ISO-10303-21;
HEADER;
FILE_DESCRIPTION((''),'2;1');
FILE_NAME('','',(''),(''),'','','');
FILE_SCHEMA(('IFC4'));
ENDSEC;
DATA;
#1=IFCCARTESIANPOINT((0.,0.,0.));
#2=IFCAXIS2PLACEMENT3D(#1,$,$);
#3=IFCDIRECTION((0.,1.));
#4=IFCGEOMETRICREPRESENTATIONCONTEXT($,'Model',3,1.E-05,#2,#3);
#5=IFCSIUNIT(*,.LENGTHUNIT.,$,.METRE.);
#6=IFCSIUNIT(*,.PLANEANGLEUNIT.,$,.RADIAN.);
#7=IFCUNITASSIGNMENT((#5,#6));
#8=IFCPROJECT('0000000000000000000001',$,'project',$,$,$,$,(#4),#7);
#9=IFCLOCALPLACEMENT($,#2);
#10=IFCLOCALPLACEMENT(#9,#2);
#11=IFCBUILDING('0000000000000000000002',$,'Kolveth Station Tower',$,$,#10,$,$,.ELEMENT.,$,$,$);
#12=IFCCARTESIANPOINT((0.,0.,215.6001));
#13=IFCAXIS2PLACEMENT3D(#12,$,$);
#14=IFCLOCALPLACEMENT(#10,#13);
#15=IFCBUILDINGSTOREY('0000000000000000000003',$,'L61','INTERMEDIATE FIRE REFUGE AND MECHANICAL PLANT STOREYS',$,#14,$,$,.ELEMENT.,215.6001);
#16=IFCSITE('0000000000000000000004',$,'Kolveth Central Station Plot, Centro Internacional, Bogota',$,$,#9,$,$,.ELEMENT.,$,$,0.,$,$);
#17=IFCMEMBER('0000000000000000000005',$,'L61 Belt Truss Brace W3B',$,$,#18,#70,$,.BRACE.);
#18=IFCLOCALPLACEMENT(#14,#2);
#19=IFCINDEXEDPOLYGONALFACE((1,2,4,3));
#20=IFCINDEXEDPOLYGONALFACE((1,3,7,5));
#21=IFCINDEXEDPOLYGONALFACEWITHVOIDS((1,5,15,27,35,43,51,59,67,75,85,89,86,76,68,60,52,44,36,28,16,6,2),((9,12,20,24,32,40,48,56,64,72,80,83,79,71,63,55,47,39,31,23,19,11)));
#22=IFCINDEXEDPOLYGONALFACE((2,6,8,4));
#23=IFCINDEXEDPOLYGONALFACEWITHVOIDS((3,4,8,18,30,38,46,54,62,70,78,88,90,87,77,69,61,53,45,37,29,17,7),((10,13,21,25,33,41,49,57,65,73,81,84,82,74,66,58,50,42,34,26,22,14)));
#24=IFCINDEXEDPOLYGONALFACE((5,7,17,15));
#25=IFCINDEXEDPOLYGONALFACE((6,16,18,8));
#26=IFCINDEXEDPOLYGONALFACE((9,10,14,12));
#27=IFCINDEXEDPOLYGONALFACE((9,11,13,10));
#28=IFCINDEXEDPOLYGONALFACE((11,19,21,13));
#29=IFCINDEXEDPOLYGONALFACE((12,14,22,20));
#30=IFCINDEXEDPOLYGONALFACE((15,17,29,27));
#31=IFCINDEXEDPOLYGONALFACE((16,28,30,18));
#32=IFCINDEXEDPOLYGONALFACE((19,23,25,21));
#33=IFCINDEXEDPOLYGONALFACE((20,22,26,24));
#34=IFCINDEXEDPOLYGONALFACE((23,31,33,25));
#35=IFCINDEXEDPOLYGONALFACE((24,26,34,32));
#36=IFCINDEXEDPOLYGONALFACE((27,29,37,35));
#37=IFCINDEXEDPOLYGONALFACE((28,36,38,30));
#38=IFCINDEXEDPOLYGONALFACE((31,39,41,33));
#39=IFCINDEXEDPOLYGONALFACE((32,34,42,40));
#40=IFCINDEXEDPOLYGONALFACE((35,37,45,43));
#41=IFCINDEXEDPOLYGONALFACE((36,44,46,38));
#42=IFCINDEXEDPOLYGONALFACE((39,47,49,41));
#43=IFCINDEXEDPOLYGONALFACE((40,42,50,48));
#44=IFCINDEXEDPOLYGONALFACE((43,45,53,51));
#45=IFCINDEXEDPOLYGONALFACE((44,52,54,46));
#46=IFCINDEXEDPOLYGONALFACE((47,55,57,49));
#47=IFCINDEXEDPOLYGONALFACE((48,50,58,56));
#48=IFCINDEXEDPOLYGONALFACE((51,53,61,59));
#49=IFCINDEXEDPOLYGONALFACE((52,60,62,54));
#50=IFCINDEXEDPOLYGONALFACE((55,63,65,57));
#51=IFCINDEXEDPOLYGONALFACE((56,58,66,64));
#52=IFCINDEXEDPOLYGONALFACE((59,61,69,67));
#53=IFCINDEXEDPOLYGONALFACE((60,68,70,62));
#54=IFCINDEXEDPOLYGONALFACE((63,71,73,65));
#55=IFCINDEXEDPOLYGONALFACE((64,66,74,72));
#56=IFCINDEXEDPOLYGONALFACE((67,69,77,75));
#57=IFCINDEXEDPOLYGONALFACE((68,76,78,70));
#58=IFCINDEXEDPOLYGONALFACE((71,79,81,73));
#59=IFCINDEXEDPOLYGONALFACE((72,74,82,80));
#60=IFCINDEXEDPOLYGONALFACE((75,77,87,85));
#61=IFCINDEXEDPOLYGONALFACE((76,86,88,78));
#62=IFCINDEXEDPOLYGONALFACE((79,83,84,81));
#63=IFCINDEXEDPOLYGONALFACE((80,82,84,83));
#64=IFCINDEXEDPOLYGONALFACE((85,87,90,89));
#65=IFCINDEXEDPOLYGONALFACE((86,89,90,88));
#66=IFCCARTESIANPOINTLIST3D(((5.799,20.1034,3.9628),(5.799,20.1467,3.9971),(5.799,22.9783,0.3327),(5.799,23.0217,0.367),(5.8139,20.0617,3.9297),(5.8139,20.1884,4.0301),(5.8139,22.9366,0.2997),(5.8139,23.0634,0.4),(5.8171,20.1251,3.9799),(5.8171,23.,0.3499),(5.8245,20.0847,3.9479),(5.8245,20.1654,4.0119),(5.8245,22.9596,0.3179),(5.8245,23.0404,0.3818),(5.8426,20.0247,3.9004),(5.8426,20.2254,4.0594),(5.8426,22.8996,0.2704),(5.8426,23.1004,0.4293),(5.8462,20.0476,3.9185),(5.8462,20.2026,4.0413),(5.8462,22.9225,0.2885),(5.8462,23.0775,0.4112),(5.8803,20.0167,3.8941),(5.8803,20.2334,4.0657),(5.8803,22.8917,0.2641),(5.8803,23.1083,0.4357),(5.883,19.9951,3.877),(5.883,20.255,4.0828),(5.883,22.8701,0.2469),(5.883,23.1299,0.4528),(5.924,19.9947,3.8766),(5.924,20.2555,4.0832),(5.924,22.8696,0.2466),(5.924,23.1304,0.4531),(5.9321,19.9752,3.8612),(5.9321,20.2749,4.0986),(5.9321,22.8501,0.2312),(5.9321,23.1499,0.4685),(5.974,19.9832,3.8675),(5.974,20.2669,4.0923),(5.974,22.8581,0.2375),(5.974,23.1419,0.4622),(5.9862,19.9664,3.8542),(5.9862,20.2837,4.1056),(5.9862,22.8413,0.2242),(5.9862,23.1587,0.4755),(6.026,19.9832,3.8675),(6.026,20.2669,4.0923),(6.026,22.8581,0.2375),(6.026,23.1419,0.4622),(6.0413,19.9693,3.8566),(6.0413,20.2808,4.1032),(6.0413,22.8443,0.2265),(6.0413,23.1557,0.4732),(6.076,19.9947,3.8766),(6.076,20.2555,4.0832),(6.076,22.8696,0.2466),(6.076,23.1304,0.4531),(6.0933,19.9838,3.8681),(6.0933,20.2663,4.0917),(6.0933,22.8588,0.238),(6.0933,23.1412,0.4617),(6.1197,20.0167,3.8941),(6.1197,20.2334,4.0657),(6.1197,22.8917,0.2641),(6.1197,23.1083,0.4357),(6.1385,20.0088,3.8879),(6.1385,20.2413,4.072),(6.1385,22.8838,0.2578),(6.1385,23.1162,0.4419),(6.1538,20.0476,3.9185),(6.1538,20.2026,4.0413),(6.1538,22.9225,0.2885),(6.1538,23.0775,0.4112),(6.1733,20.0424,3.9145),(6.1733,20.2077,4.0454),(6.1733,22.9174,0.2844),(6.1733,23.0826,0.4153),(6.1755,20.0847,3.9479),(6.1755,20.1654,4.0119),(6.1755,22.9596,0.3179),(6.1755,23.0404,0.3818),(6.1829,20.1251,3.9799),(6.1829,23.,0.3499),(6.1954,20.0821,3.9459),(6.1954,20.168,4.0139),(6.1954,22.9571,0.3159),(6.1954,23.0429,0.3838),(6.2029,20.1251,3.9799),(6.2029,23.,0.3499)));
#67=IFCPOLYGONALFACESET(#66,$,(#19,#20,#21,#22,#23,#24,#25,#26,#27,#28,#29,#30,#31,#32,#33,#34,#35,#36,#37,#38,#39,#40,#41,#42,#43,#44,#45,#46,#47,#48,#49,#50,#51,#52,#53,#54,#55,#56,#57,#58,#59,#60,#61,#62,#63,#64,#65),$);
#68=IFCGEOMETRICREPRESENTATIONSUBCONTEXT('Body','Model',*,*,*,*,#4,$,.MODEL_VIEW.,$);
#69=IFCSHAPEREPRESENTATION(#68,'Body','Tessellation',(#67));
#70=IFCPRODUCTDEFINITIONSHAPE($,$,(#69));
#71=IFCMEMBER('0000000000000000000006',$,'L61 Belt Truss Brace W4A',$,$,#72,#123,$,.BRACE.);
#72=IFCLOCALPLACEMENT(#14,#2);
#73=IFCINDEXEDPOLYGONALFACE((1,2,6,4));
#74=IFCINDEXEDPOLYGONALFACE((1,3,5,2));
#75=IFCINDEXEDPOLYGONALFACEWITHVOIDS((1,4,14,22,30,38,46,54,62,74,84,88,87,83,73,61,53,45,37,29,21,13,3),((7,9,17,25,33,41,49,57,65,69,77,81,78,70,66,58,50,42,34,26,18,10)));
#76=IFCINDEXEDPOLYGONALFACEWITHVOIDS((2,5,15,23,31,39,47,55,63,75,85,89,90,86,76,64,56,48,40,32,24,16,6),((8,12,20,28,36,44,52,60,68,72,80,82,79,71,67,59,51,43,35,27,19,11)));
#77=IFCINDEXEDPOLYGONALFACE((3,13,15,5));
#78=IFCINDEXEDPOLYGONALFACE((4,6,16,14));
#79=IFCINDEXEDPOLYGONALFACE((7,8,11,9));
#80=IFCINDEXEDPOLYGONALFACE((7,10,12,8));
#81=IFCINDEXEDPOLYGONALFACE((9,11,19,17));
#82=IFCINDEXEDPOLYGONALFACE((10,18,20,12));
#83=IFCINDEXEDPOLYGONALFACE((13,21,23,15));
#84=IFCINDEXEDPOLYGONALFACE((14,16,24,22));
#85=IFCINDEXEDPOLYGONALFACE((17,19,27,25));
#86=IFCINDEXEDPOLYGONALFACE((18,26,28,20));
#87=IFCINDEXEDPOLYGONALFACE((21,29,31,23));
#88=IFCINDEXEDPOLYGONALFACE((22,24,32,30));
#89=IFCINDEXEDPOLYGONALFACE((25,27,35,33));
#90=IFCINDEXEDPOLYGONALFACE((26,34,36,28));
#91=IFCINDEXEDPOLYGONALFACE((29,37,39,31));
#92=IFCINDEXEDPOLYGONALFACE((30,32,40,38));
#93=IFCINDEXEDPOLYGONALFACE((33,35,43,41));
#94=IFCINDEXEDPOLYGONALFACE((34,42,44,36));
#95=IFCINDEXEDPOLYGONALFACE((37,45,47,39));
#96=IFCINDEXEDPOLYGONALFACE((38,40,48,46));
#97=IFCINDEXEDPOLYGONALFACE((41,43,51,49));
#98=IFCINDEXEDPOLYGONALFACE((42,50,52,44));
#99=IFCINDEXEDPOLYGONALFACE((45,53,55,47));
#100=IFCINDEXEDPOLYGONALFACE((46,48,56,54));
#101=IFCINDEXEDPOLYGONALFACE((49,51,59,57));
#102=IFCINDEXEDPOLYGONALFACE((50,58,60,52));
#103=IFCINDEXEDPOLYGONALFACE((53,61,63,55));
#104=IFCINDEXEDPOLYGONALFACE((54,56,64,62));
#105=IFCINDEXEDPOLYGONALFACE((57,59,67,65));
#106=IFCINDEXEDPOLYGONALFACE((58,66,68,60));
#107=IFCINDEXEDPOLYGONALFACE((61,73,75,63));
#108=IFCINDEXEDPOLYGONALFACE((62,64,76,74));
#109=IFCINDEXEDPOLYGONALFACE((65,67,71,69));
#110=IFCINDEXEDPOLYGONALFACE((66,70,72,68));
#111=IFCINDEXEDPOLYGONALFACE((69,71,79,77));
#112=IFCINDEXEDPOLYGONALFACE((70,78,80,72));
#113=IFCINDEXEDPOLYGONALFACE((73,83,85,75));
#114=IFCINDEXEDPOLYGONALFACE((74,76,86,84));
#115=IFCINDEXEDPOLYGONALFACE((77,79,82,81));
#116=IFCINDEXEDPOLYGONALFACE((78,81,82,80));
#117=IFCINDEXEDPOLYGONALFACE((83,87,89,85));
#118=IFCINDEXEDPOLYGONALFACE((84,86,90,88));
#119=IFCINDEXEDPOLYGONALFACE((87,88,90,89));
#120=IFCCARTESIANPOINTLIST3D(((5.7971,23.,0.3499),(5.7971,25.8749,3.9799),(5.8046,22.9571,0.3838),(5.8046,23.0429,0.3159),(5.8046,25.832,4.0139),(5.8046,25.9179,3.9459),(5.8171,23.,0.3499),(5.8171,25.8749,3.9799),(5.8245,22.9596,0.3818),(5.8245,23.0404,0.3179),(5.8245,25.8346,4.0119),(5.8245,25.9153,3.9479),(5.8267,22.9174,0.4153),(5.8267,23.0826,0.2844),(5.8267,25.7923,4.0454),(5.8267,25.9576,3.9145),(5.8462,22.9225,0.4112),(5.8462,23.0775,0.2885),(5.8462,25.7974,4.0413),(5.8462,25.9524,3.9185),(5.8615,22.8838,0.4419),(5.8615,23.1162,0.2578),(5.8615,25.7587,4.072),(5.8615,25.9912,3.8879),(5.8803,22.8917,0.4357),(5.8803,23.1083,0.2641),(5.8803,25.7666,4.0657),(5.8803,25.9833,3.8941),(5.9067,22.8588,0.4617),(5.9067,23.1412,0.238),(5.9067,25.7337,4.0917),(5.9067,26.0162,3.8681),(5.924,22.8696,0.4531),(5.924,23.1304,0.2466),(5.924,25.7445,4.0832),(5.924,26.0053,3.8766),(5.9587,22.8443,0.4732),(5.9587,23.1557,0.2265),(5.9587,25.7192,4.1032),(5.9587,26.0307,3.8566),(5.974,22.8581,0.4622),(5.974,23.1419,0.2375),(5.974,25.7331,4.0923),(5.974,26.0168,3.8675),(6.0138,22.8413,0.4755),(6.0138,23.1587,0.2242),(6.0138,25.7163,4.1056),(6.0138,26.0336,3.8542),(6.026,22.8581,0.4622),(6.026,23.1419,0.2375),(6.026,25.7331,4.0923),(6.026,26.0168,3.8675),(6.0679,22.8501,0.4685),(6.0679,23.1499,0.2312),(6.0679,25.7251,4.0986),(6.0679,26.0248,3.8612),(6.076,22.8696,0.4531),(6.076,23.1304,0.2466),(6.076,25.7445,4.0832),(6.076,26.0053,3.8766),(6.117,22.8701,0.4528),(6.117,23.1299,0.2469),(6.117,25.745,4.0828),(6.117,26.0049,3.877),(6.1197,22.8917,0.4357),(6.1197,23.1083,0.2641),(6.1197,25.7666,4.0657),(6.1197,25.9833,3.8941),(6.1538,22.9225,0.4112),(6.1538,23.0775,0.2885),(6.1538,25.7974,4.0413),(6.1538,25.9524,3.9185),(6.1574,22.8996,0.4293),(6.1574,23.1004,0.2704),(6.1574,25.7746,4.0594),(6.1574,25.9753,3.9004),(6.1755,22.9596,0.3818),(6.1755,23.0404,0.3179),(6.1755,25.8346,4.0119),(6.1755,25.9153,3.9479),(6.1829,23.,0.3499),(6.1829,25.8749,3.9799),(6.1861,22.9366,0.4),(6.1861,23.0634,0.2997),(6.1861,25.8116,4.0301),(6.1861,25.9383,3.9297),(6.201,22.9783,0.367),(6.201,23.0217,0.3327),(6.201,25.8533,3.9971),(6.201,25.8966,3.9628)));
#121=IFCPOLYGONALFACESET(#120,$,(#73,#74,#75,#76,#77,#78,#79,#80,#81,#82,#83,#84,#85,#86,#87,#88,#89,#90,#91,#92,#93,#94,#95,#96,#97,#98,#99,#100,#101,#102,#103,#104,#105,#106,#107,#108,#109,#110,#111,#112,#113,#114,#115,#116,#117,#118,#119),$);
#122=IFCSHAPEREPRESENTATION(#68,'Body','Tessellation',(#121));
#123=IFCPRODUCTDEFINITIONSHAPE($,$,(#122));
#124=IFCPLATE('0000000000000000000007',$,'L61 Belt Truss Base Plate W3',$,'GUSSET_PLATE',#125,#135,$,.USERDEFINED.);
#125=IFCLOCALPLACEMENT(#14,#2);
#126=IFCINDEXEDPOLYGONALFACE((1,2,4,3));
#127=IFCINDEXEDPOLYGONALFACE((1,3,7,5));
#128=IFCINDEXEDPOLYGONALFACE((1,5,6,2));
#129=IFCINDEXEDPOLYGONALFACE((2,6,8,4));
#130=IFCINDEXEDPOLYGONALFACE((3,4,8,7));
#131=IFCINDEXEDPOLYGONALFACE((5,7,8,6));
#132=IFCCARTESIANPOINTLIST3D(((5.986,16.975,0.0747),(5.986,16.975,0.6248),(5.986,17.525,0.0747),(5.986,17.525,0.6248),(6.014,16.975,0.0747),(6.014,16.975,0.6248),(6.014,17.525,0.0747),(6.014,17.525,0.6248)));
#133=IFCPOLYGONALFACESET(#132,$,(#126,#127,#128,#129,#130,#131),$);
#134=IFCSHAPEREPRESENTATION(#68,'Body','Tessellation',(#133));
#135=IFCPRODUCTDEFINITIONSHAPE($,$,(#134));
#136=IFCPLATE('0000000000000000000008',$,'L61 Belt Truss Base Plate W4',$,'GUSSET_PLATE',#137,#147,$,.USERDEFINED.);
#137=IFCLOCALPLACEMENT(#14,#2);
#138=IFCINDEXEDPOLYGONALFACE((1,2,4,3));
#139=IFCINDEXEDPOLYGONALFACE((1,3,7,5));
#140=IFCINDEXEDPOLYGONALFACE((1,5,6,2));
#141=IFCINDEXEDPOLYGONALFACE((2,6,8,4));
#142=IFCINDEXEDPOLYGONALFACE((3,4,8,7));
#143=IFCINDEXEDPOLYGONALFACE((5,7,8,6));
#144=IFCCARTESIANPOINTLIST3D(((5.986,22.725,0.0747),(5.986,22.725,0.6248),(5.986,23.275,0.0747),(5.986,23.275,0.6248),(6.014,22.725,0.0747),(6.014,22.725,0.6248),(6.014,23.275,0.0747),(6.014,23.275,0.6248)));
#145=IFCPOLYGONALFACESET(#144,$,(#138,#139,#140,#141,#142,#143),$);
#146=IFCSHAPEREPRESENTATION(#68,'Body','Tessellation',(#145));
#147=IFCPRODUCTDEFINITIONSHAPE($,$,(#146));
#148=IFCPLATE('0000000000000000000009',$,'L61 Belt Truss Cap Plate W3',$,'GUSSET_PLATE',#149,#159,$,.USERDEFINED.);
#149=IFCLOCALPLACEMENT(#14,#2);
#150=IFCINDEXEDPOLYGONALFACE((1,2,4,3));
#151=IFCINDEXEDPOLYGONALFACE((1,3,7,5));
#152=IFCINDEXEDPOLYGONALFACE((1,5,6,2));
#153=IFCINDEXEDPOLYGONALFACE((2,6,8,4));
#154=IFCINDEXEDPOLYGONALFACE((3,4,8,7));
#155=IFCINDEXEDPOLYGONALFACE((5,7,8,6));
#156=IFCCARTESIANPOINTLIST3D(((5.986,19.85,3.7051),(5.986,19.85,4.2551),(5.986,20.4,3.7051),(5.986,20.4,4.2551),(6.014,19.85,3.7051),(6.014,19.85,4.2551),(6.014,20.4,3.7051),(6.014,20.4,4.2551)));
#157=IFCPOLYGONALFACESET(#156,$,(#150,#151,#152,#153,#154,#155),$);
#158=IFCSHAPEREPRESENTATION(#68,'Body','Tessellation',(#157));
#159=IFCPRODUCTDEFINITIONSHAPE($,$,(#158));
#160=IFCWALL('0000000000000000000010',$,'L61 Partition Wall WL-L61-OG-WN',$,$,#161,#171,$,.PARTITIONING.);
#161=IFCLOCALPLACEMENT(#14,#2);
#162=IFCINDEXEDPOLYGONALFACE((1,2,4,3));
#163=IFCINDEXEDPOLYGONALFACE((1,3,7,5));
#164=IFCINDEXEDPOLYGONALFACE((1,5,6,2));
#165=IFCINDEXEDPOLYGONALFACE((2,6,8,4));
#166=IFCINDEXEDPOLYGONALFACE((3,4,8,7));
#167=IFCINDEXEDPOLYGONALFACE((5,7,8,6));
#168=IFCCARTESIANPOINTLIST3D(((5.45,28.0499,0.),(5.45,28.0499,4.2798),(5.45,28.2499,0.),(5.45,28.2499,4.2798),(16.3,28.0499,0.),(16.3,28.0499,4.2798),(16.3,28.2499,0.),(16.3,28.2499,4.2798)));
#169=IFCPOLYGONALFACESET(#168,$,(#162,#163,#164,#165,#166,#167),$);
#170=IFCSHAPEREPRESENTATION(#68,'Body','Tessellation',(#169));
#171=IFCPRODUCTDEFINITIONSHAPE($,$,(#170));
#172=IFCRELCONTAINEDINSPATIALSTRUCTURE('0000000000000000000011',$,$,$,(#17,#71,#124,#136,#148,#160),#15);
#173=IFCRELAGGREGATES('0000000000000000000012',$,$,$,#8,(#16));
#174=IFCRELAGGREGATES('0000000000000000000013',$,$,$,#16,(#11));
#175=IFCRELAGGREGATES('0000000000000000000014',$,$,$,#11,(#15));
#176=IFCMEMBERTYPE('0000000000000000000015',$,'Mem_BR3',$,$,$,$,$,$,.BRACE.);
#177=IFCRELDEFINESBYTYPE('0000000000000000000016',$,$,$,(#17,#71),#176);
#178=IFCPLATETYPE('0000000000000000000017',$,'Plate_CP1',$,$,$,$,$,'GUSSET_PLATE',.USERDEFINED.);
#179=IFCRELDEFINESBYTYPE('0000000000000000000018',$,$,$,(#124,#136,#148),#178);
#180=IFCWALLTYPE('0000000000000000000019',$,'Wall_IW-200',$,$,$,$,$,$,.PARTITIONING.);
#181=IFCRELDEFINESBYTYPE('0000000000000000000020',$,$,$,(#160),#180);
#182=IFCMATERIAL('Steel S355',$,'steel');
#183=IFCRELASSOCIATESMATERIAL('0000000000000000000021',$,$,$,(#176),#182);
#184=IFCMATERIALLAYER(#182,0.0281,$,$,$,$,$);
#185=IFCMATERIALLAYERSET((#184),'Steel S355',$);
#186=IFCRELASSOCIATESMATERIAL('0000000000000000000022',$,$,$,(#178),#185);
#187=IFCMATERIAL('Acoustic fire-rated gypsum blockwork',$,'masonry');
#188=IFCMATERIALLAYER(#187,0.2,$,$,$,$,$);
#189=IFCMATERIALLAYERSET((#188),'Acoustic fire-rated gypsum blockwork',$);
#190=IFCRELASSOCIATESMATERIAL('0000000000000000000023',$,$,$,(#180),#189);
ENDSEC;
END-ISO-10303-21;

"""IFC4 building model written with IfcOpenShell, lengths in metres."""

from ifc_helpers import new_model, si_unit, direction, frame, frame_2d, origin, origin_2d, place, context, subcontext, project, spatial, rectangle, hollow_circle, extrude, source, transform, mapped, material, layer, layer_set, material_profile, profile_set, type_object, element, save


model = new_model("IFC4")

# Units and contexts
model_context = context("Model", 3, precision=1e-05, world=origin(), true_north=direction((0.0, 1.0)))
body_context = subcontext(model_context, "Body", "Model", "MODEL_VIEW")
ifc_project = project(units=[si_unit("LENGTHUNIT", "METRE"), si_unit("PLANEANGLEUNIT", "RADIAN")], contexts=[model_context])

# Site, building, storey
site_placement = place(None, origin())
site = spatial("IfcSite", under=ifc_project, at=site_placement, Name="Kolveth Central Station Plot, Centro Internacional, Bogota", CompositionType="ELEMENT", RefElevation=0.0)
building_placement = place(site_placement, origin())
building = spatial("IfcBuilding", under=site, at=building_placement, Name="Kolveth Station Tower", CompositionType="ELEMENT")
storey_placement = place(building_placement, frame((0.0, 0.0, 215.6001)))
storey = spatial("IfcBuildingStorey", under=building, at=storey_placement, Name="L61", Description="INTERMEDIATE FIRE REFUGE AND MECHANICAL PLANT STOREYS", CompositionType="ELEMENT", Elevation=215.6001)

# Shared definitions
ifc_material_1 = material(Name="Steel S355", Category="steel")

# Members
ifc_material_profile_1 = material_profile(ifc_material_1, hollow_circle(Radius=0.2029, WallThickness=0.02, at=origin_2d()), Name="CHS406x20")
ifc_profile_set_1 = profile_set([ifc_material_profile_1], Name="Steel S355")
member_type = type_object("IfcMemberType", Name="Mem_BR3", PredefinedType="BRACE", material=ifc_profile_set_1)
shared_shape_1 = source(origin(), body_context, "Body", "SweptSolid", [
    extrude(hollow_circle(Radius=0.2029, WallThickness=0.02, at=origin_2d()), origin(), (0.0, 0.0, 1.0), 4.6306),
])
for number, where, z_axis, x_axis, name in (
    (1, (6.0, 23.0, 0.3499), (0.0, -0.620856, 0.783925), (1.0, 0.0, 0.0), "L61 Belt Truss Brace W3B"),
    (2, (6.0, 23.0, 0.3499), (0.0, 0.620856, 0.783925), (-1.0, 0.0, 0.0), "L61 Belt Truss Brace W4A"),
):
    element("IfcMember", number, at=place(storey_placement, frame(where, z_axis=z_axis, x_axis=x_axis)), inside=storey, type_object=member_type, Name=name, PredefinedType="BRACE", context=body_context, shape_type="MappedRepresentation", body=[
        mapped(shared_shape_1, transform((0.0, 0.0, 0.0), x_axis=(1.0, 0.0, 0.0), y_axis=(0.0, 1.0, 0.0), z_axis=(0.0, 0.0, 1.0), scale=1.0)),
    ])

# Plates
ifc_layer_1 = layer(ifc_material_1, 0.0281)
ifc_layer_set_1 = layer_set([ifc_layer_1], Name="Steel S355")
plate_type = type_object("IfcPlateType", Name="Plate_CP1", ElementType="GUSSET_PLATE", PredefinedType="USERDEFINED", material=ifc_layer_set_1)
shared_shape_2 = source(origin(), body_context, "Body", "SweptSolid", [
    extrude(rectangle(XDim=0.0281, YDim=0.55, at=origin_2d()), origin(), (0.0, 0.0, 1.0), 0.55),
])
for number, where, z_axis, x_axis, name in (
    (3, (6.0, 17.25, 0.0747), (0.0, 0.0, 1.0), (1.0, 0.0, 0.0), "L61 Belt Truss Base Plate W3"),
    (4, (6.0, 23.0, 0.0747), (0.0, 0.0, 1.0), (1.0, 0.0, 0.0), "L61 Belt Truss Base Plate W4"),
    (5, (6.0, 20.125, 3.7051), (0.0, 0.0, 1.0), (1.0, 0.0, 0.0), "L61 Belt Truss Cap Plate W3"),
):
    element("IfcPlate", number, at=place(storey_placement, frame(where, z_axis=z_axis, x_axis=x_axis)), inside=storey, type_object=plate_type, Name=name, ObjectType="GUSSET_PLATE", PredefinedType="USERDEFINED", context=body_context, shape_type="MappedRepresentation", body=[
        mapped(shared_shape_2, transform((0.0, 0.0, 0.0), x_axis=(1.0, 0.0, 0.0), y_axis=(0.0, 1.0, 0.0), z_axis=(0.0, 0.0, 1.0), scale=1.0)),
    ])

# Wall
ifc_material_2 = material(Name="Acoustic fire-rated gypsum blockwork", Category="masonry")
ifc_layer_2 = layer(ifc_material_2, 0.2)
ifc_layer_set_2 = layer_set([ifc_layer_2], Name="Acoustic fire-rated gypsum blockwork")
wall_type = type_object("IfcWallType", Name="Wall_IW-200", PredefinedType="PARTITIONING", material=ifc_layer_set_2)
wall_placement = place(storey_placement, frame((5.45, 28.1499, 0.0), z_axis=(0.0, 0.0, 1.0), x_axis=(1.0, 0.0, 0.0)))
element("IfcWall", 6, at=wall_placement, inside=storey, type_object=wall_type, Name="L61 Partition Wall WL-L61-OG-WN", PredefinedType="PARTITIONING", context=body_context, shape_type="SweptSolid", body=[
    extrude(rectangle(XDim=10.8501, YDim=0.2, at=frame_2d((5.425, 0.0))), origin(), (0.0, 0.0, 1.0), 4.2798),
])

save(model, "model.ifc")
